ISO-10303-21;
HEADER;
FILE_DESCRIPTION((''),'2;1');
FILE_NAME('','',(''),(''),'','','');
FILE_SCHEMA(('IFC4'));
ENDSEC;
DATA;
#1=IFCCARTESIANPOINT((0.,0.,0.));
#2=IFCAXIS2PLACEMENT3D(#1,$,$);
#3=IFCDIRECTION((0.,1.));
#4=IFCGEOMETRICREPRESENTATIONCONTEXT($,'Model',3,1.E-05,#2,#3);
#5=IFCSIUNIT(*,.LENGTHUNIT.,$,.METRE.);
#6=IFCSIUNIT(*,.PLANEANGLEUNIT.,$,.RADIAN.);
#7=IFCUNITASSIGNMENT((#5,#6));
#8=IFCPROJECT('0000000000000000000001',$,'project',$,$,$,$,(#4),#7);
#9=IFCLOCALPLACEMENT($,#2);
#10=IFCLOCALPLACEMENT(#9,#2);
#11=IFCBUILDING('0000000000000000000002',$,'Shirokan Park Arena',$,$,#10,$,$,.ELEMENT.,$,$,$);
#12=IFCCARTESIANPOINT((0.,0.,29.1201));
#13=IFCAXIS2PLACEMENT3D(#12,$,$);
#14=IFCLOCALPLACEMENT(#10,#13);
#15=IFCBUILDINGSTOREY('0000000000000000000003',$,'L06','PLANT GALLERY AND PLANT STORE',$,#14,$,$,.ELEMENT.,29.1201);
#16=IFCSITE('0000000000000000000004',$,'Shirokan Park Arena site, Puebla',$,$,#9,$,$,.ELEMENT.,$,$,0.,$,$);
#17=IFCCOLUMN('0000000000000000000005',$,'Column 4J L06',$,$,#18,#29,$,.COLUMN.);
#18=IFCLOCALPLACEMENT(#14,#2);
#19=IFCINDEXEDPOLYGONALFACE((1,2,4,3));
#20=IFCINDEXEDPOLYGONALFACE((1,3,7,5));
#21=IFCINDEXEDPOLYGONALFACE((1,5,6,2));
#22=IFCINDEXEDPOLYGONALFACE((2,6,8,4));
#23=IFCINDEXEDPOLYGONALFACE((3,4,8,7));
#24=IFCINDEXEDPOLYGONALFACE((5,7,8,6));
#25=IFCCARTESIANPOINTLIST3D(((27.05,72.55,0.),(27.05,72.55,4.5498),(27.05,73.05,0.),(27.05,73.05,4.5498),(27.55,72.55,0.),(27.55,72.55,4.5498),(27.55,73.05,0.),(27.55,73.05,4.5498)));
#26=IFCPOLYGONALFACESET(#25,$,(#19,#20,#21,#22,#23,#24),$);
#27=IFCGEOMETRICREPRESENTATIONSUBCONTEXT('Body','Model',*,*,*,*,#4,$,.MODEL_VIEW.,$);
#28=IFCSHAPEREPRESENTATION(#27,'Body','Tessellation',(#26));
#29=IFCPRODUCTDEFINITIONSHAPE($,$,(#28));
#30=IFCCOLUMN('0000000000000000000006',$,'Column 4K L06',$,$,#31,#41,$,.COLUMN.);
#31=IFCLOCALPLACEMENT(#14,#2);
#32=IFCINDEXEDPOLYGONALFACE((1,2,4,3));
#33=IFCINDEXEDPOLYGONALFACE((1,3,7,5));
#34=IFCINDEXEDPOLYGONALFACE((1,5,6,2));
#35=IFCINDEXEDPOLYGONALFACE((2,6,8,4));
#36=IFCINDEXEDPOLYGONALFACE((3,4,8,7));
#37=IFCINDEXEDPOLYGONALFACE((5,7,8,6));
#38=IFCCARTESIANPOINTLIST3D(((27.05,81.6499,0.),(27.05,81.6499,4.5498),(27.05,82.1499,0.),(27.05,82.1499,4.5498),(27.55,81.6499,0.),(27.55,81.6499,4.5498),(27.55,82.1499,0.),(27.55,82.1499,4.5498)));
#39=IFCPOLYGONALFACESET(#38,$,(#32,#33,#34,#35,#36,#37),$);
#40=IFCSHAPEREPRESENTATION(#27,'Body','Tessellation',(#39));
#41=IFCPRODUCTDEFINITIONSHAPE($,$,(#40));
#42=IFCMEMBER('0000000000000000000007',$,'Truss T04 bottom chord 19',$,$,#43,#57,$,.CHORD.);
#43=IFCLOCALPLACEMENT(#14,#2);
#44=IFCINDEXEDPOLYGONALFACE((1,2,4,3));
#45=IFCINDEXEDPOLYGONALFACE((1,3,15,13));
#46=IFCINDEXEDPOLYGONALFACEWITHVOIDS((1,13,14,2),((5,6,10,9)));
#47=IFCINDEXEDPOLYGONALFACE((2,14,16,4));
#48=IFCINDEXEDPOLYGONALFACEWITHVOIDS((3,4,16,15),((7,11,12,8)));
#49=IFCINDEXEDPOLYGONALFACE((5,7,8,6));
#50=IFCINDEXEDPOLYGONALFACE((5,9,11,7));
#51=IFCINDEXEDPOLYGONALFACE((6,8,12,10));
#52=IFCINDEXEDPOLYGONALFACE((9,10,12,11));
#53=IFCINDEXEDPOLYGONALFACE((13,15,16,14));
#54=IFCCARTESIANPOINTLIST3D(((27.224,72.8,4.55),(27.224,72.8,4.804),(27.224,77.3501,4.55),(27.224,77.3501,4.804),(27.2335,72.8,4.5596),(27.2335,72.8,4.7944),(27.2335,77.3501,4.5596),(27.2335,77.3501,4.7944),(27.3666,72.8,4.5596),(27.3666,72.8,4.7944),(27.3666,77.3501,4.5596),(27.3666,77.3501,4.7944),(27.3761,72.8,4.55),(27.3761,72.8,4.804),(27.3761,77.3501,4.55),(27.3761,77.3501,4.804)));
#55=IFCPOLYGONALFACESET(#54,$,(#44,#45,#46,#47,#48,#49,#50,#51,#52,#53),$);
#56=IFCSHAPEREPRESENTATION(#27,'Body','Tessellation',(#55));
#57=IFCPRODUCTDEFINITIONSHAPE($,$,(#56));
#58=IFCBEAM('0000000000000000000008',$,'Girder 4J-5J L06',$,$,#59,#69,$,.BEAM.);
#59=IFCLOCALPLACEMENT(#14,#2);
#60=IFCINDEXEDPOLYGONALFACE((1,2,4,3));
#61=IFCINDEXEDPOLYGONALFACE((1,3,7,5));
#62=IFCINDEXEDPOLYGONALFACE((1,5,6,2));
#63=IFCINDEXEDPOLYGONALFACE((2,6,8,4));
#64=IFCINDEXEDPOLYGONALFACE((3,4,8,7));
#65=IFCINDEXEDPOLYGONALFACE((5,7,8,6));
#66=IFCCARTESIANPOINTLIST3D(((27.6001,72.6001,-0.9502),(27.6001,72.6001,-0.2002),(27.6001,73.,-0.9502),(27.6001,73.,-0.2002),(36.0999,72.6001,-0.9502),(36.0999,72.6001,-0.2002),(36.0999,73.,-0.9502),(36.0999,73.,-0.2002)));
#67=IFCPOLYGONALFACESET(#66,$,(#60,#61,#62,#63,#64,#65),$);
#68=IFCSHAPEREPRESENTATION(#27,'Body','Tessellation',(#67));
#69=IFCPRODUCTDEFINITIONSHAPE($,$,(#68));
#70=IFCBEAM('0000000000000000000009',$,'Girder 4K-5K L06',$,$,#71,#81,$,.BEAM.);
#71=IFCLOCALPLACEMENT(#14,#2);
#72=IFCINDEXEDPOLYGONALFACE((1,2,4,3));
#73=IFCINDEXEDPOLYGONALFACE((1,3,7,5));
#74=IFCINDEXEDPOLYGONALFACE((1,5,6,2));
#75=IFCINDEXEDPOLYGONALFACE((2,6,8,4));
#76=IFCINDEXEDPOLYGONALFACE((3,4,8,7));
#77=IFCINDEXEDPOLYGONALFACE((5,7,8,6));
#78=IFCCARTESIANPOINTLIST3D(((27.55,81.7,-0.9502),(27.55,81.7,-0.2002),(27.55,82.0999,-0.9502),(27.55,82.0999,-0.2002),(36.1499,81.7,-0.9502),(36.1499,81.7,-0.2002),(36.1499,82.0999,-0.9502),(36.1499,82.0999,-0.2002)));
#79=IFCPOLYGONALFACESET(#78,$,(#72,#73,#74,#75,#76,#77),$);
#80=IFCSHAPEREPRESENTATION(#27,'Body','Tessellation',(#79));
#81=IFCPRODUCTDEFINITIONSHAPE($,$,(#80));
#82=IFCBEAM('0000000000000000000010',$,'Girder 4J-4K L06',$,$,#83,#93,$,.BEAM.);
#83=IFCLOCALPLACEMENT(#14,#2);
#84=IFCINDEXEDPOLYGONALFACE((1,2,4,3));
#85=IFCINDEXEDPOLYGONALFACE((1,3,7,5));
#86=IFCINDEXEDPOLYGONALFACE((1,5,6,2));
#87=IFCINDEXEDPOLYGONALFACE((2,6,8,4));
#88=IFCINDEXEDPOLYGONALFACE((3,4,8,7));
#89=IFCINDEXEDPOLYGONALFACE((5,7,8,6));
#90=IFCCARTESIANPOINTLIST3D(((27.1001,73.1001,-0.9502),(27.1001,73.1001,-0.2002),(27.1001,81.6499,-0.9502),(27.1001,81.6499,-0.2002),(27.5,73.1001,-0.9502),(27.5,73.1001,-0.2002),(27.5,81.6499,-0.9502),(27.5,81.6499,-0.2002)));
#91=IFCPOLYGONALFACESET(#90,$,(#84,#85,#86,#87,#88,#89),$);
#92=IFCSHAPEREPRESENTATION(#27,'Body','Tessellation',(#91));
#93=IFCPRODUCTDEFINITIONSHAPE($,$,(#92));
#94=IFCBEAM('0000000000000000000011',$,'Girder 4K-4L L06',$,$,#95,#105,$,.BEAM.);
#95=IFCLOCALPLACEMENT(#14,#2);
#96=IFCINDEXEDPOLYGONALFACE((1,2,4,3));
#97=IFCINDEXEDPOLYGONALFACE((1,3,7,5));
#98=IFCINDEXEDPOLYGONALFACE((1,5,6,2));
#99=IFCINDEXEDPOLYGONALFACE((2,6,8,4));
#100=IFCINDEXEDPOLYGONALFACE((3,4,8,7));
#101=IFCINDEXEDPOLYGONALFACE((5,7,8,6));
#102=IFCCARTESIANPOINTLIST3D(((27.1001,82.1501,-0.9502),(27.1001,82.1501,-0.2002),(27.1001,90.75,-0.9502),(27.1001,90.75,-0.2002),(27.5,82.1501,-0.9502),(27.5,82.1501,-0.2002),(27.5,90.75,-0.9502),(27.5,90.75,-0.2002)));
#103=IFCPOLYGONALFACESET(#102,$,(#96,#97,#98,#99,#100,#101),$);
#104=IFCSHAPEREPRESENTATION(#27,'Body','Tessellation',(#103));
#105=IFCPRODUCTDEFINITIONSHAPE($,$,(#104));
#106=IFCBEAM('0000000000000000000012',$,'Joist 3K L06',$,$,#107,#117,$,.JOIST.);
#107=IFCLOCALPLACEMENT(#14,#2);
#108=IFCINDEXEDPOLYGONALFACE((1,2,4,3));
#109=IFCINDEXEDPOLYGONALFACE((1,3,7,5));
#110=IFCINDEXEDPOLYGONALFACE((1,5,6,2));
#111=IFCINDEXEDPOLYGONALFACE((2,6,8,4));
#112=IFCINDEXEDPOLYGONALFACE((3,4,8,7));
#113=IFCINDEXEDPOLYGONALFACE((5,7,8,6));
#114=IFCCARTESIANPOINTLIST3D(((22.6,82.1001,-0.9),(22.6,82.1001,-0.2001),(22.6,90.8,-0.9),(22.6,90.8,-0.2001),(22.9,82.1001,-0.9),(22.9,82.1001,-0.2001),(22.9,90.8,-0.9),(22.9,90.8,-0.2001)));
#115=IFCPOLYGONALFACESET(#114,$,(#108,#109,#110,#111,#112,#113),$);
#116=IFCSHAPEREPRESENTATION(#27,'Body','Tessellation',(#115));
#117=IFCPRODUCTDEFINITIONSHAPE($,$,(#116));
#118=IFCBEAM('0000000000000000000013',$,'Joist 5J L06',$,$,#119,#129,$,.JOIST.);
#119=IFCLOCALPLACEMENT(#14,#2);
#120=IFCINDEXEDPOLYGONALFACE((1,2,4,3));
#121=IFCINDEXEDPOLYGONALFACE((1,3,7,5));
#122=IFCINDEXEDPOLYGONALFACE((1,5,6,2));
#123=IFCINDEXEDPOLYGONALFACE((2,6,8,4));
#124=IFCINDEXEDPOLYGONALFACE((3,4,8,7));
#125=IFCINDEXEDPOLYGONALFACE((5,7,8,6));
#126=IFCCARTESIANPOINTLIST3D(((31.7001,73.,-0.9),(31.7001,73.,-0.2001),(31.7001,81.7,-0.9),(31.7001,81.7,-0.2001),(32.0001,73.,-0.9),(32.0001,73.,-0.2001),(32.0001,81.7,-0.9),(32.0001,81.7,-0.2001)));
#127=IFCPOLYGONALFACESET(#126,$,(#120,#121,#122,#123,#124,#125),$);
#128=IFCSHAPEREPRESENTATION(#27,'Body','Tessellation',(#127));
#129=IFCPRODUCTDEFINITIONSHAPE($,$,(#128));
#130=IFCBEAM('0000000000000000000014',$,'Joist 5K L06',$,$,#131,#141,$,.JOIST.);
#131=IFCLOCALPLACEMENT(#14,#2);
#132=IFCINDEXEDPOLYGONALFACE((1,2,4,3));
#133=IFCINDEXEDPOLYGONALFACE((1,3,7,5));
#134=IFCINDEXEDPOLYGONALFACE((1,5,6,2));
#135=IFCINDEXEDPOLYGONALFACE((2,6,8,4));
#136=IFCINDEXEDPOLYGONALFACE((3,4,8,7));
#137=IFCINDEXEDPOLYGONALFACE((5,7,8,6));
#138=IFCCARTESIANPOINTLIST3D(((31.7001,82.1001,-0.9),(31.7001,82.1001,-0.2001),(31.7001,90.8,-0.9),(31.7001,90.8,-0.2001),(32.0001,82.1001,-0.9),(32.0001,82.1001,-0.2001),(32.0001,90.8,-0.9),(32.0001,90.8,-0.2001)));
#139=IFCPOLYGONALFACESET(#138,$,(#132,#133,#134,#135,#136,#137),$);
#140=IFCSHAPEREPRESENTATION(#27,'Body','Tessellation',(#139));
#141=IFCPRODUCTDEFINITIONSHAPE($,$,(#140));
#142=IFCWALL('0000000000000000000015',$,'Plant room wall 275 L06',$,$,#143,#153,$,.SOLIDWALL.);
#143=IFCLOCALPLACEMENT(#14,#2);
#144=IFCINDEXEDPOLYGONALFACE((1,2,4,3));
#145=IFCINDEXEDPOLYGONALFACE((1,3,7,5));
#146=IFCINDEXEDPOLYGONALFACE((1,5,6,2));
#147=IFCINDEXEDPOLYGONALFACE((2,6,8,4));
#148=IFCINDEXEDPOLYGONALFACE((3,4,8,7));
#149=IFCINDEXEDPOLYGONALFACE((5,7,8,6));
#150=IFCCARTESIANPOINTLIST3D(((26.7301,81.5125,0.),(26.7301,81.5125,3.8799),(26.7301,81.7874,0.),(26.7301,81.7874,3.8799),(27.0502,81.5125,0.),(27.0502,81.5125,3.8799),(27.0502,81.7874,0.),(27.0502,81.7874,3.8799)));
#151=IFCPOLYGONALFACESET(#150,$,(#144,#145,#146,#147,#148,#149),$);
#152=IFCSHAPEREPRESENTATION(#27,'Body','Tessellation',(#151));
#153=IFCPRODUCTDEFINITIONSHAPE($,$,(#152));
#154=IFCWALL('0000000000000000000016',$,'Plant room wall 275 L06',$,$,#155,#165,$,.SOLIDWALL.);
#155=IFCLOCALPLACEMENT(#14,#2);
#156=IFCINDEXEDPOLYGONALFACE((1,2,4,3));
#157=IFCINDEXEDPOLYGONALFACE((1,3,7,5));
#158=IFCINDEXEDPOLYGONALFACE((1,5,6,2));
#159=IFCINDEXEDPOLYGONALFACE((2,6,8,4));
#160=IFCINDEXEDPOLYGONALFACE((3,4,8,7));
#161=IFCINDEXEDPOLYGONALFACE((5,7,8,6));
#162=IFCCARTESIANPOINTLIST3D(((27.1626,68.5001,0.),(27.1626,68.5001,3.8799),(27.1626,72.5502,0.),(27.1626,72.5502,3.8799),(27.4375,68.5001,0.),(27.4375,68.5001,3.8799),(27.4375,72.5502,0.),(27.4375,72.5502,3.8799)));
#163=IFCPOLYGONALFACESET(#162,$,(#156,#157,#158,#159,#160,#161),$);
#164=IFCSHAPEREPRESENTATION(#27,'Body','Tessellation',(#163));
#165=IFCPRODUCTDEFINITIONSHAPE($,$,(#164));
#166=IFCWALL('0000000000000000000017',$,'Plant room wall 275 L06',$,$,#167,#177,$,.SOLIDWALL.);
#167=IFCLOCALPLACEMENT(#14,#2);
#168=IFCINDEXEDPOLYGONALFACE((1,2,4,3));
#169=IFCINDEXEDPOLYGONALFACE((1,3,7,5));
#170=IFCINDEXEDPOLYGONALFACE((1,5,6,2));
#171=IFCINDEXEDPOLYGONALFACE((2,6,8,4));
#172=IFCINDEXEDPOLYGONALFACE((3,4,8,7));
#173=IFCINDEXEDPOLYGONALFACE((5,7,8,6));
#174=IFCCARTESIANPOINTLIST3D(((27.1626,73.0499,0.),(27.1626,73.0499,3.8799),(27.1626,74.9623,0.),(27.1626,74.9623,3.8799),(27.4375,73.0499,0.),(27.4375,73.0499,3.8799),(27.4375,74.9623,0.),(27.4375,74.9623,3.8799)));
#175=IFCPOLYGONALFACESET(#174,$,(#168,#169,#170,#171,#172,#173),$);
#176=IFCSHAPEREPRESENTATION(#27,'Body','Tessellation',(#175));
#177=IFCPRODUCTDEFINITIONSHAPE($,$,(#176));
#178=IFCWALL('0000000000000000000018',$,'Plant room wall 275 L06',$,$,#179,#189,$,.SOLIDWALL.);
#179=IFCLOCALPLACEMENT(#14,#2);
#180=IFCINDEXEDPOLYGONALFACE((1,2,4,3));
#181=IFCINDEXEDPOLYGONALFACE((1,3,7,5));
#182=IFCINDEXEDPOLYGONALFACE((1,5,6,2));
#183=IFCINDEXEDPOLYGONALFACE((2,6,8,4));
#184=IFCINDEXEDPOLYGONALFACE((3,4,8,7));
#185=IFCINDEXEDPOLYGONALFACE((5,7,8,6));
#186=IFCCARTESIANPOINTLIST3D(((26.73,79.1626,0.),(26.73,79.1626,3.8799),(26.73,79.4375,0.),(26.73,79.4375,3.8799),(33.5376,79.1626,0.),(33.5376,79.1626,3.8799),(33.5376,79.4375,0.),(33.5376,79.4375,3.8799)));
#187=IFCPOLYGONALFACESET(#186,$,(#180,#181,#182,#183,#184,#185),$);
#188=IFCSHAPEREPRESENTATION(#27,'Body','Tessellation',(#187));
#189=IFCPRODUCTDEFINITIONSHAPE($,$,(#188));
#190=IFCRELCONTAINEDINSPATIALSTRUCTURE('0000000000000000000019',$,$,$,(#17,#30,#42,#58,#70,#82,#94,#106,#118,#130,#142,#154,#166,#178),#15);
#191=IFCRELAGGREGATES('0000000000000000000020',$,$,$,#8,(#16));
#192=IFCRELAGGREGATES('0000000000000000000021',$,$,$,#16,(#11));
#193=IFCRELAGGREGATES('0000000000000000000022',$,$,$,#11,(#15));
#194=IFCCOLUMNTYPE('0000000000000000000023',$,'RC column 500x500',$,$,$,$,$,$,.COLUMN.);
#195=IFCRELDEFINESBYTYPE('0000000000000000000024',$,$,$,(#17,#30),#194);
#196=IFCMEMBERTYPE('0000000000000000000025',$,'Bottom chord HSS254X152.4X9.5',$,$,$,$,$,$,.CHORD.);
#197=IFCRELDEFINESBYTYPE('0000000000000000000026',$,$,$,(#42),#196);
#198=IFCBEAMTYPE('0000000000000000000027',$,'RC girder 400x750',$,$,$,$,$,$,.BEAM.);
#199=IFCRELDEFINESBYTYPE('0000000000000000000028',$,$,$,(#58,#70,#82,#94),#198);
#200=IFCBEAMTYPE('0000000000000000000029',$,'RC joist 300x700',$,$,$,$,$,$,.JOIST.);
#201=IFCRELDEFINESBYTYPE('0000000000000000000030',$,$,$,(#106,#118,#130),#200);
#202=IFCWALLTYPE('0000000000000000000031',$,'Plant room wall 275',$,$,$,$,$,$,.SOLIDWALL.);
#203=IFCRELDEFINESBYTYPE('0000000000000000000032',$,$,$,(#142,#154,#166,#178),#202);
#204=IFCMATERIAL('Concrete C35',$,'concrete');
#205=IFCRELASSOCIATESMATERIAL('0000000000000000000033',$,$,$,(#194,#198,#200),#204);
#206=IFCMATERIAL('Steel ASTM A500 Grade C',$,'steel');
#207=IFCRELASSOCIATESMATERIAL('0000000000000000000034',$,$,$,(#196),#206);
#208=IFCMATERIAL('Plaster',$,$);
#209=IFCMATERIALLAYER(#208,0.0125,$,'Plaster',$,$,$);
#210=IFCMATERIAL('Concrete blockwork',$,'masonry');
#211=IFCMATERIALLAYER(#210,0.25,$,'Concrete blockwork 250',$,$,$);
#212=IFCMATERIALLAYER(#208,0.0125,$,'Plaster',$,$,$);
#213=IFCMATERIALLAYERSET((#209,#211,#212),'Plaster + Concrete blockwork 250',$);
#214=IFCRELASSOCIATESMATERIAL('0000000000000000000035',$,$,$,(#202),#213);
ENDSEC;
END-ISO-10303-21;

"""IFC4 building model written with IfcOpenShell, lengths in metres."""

from ifc_helpers import new_model, si_unit, direction, frame, frame_2d, origin, origin_2d, place, context, subcontext, project, spatial, rectangle, hollow_rectangle, extrude, material, layer, layer_set, material_profile, profile_set, type_object, element, save


model = new_model("IFC4")

# Units and contexts
model_context = context("Model", 3, precision=1e-05, world=origin(), true_north=direction((0.0, 1.0)))
body_context = subcontext(model_context, "Body", "Model", "MODEL_VIEW")
ifc_project = project(units=[si_unit("LENGTHUNIT", "METRE"), si_unit("PLANEANGLEUNIT", "RADIAN")], contexts=[model_context])

# Site, building, storey
site_placement = place(None, origin())
site = spatial("IfcSite", under=ifc_project, at=site_placement, Name="Shirokan Park Arena site, Puebla", CompositionType="ELEMENT", RefElevation=0.0)
building_placement = place(site_placement, origin())
building = spatial("IfcBuilding", under=site, at=building_placement, Name="Shirokan Park Arena", CompositionType="ELEMENT")
storey_placement = place(building_placement, frame((0.0, 0.0, 29.1201)))
storey = spatial("IfcBuildingStorey", under=building, at=storey_placement, Name="L06", Description="PLANT GALLERY AND PLANT STORE", CompositionType="ELEMENT", Elevation=29.1201)

# Columns
ifc_material_1 = material(Name="Concrete C35", Category="concrete")
ifc_material_profile_1 = material_profile(ifc_material_1, rectangle(XDim=0.5, YDim=0.5, at=origin_2d()), Name="500x500")
ifc_profile_set_1 = profile_set([ifc_material_profile_1], Name="Concrete C35")
column_type = type_object("IfcColumnType", Name="RC column 500x500", PredefinedType="COLUMN", material=ifc_profile_set_1)
for number, where, z_axis, x_axis, name in (
    (1, (27.3, 72.8, 0.0), (0.0, 0.0, 1.0), (1.0, 0.0, 0.0), "Column 4J L06"),
    (2, (27.3, 81.8999, 0.0), (0.0, 0.0, 1.0), (1.0, 0.0, 0.0), "Column 4K L06"),
):
    element("IfcColumn", number, at=place(storey_placement, frame(where, z_axis=z_axis, x_axis=x_axis)), inside=storey, type_object=column_type, Name=name, PredefinedType="COLUMN", context=body_context, shape_type="SweptSolid", body=[
        extrude(rectangle(XDim=0.5, YDim=0.5, at=origin_2d()), origin(), (0.0, 0.0, 1.0), 4.5498),
    ])

# Member
ifc_material_2 = material(Name="Steel ASTM A500 Grade C", Category="steel")
ifc_material_profile_2 = material_profile(ifc_material_2, hollow_rectangle(XDim=0.1521, YDim=0.2539, WallThickness=0.0095, at=origin_2d()), Name="HSS254X152.4X9.5")
ifc_profile_set_2 = profile_set([ifc_material_profile_2], Name="Steel ASTM A500 Grade C")
member_type = type_object("IfcMemberType", Name="Bottom chord HSS254X152.4X9.5", PredefinedType="CHORD", material=ifc_profile_set_2)
member_placement = place(storey_placement, frame((27.3, 72.8, 4.677), z_axis=(0.0, 1.0, 0.0), x_axis=(-1.0, 0.0, 0.0)))
element("IfcMember", 3, at=member_placement, inside=storey, type_object=member_type, Name="Truss T04 bottom chord 19", PredefinedType="CHORD", context=body_context, shape_type="SweptSolid", body=[
    extrude(hollow_rectangle(XDim=0.1521, YDim=0.2539, WallThickness=0.0095, at=origin_2d()), origin(), (0.0, 0.0, 1.0), 4.55),
])

# Beams
ifc_material_profile_3 = material_profile(ifc_material_1, rectangle(XDim=0.3999, YDim=0.75, at=origin_2d()), Name="400x750")
ifc_profile_set_3 = profile_set([ifc_material_profile_3], Name="Concrete C35")
beam_type_1 = type_object("IfcBeamType", Name="RC girder 400x750", PredefinedType="BEAM", material=ifc_profile_set_3)
beam_1_placement = place(storey_placement, frame((27.6001, 72.8, -0.5752), z_axis=(1.0, 0.0, 0.0), x_axis=(0.0, 1.0, 0.0)))
element("IfcBeam", 4, at=beam_1_placement, inside=storey, type_object=beam_type_1, Name="Girder 4J-5J L06", PredefinedType="BEAM", context=body_context, shape_type="SweptSolid", body=[
    extrude(rectangle(XDim=0.3999, YDim=0.75, at=origin_2d()), origin(), (0.0, 0.0, 1.0), 8.4998),
])
beam_2_placement = place(storey_placement, frame((27.55, 81.8999, -0.5752), z_axis=(1.0, 0.0, 0.0), x_axis=(0.0, 1.0, 0.0)))
element("IfcBeam", 5, at=beam_2_placement, inside=storey, type_object=beam_type_1, Name="Girder 4K-5K L06", PredefinedType="BEAM", context=body_context, shape_type="SweptSolid", body=[
    extrude(rectangle(XDim=0.3999, YDim=0.75, at=origin_2d()), origin(), (0.0, 0.0, 1.0), 8.5999),
])
beam_3_placement = place(storey_placement, frame((27.3, 73.1001, -0.5752), z_axis=(0.0, 1.0, 0.0), x_axis=(-1.0, 0.0, 0.0)))
element("IfcBeam", 6, at=beam_3_placement, inside=storey, type_object=beam_type_1, Name="Girder 4J-4K L06", PredefinedType="BEAM", context=body_context, shape_type="SweptSolid", body=[
    extrude(rectangle(XDim=0.3999, YDim=0.75, at=origin_2d()), origin(), (0.0, 0.0, 1.0), 8.5498),
])
beam_4_placement = place(storey_placement, frame((27.3, 82.1501, -0.5752), z_axis=(0.0, 1.0, 0.0), x_axis=(-1.0, 0.0, 0.0)))
element("IfcBeam", 7, at=beam_4_placement, inside=storey, type_object=beam_type_1, Name="Girder 4K-4L L06", PredefinedType="BEAM", context=body_context, shape_type="SweptSolid", body=[
    extrude(rectangle(XDim=0.3999, YDim=0.75, at=origin_2d()), origin(), (0.0, 0.0, 1.0), 8.5999),
])
ifc_material_profile_4 = material_profile(ifc_material_1, rectangle(XDim=0.3, YDim=0.7, at=origin_2d()), Name="300x700")
ifc_profile_set_4 = profile_set([ifc_material_profile_4], Name="Concrete C35")
beam_type_2 = type_object("IfcBeamType", Name="RC joist 300x700", PredefinedType="JOIST", material=ifc_profile_set_4)
for number, where, z_axis, x_axis, name in (
    (8, (22.75, 82.1001, -0.55), (0.0, 1.0, 0.0), (-1.0, 0.0, 0.0), "Joist 3K L06"),
    (9, (31.8501, 73.0, -0.55), (0.0, 1.0, 0.0), (-1.0, 0.0, 0.0), "Joist 5J L06"),
    (10, (31.8501, 82.1001, -0.55), (0.0, 1.0, 0.0), (-1.0, 0.0, 0.0), "Joist 5K L06"),
):
    element("IfcBeam", number, at=place(storey_placement, frame(where, z_axis=z_axis, x_axis=x_axis)), inside=storey, type_object=beam_type_2, Name=name, PredefinedType="JOIST", context=body_context, shape_type="SweptSolid", body=[
        extrude(rectangle(XDim=0.3, YDim=0.7, at=origin_2d()), origin(), (0.0, 0.0, 1.0), 8.7),
    ])

# Wall
ifc_material_3 = material(Name="Plaster")
ifc_layer_1 = layer(ifc_material_3, 0.0125, Name="Plaster")
ifc_material_4 = material(Name="Concrete blockwork", Category="masonry")
ifc_layer_2 = layer(ifc_material_4, 0.25, Name="Concrete blockwork 250")
ifc_layer_3 = layer(ifc_material_3, 0.0125, Name="Plaster")
ifc_layer_set_1 = layer_set([ifc_layer_1, ifc_layer_2, ifc_layer_3], Name="Plaster + Concrete blockwork 250")
wall_type_1 = type_object("IfcWallType", Name="Plant room wall 275", PredefinedType="SOLIDWALL", material=ifc_layer_set_1)
wall_1_placement = place(storey_placement, frame((26.73, 81.6499, 0.0), z_axis=(0.0, 0.0, 1.0), x_axis=(1.0, 0.0, 0.0)))
element("IfcWall", 11, at=wall_1_placement, inside=storey, type_object=wall_type_1, Name="Plant room wall 275 L06", PredefinedType="SOLIDWALL", context=body_context, shape_type="SweptSolid", body=[
    extrude(rectangle(XDim=0.3201, YDim=0.2749, at=frame_2d((0.1602, 0.0))), origin(), (0.0, 0.0, 1.0), 3.8799),
])

# Walls
wall_2_placement = place(storey_placement, frame((27.3, 72.55, 0.0), z_axis=(0.0, 0.0, 1.0), x_axis=(0.0, -1.0, 0.0)))
element("IfcWall", 12, at=wall_2_placement, inside=storey, type_object=wall_type_1, Name="Plant room wall 275 L06", PredefinedType="SOLIDWALL", context=body_context, shape_type="SweptSolid", body=[
    extrude(rectangle(XDim=4.05, YDim=0.2749, at=frame_2d((2.0249, 0.0))), origin(), (0.0, 0.0, 1.0), 3.8799),
])
wall_3_placement = place(storey_placement, frame((27.3, 73.05, 0.0), z_axis=(0.0, 0.0, 1.0), x_axis=(0.0, 1.0, 0.0)))
element("IfcWall", 13, at=wall_3_placement, inside=storey, type_object=wall_type_1, Name="Plant room wall 275 L06", PredefinedType="SOLIDWALL", context=body_context, shape_type="SweptSolid", body=[
    extrude(rectangle(XDim=1.9124, YDim=0.2749, at=frame_2d((0.9561, 0.0))), origin(), (0.0, 0.0, 1.0), 3.8799),
])
wall_4_placement = place(storey_placement, frame((26.73, 79.3, 0.0), z_axis=(0.0, 0.0, 1.0), x_axis=(1.0, 0.0, 0.0)))
element("IfcWall", 14, at=wall_4_placement, inside=storey, type_object=wall_type_1, Name="Plant room wall 275 L06", PredefinedType="SOLIDWALL", context=body_context, shape_type="SweptSolid", body=[
    extrude(rectangle(XDim=6.8076, YDim=0.2749, at=frame_2d((3.4038, 0.0))), origin(), (0.0, 0.0, 1.0), 3.8799),
])

save(model, "model.ifc")
